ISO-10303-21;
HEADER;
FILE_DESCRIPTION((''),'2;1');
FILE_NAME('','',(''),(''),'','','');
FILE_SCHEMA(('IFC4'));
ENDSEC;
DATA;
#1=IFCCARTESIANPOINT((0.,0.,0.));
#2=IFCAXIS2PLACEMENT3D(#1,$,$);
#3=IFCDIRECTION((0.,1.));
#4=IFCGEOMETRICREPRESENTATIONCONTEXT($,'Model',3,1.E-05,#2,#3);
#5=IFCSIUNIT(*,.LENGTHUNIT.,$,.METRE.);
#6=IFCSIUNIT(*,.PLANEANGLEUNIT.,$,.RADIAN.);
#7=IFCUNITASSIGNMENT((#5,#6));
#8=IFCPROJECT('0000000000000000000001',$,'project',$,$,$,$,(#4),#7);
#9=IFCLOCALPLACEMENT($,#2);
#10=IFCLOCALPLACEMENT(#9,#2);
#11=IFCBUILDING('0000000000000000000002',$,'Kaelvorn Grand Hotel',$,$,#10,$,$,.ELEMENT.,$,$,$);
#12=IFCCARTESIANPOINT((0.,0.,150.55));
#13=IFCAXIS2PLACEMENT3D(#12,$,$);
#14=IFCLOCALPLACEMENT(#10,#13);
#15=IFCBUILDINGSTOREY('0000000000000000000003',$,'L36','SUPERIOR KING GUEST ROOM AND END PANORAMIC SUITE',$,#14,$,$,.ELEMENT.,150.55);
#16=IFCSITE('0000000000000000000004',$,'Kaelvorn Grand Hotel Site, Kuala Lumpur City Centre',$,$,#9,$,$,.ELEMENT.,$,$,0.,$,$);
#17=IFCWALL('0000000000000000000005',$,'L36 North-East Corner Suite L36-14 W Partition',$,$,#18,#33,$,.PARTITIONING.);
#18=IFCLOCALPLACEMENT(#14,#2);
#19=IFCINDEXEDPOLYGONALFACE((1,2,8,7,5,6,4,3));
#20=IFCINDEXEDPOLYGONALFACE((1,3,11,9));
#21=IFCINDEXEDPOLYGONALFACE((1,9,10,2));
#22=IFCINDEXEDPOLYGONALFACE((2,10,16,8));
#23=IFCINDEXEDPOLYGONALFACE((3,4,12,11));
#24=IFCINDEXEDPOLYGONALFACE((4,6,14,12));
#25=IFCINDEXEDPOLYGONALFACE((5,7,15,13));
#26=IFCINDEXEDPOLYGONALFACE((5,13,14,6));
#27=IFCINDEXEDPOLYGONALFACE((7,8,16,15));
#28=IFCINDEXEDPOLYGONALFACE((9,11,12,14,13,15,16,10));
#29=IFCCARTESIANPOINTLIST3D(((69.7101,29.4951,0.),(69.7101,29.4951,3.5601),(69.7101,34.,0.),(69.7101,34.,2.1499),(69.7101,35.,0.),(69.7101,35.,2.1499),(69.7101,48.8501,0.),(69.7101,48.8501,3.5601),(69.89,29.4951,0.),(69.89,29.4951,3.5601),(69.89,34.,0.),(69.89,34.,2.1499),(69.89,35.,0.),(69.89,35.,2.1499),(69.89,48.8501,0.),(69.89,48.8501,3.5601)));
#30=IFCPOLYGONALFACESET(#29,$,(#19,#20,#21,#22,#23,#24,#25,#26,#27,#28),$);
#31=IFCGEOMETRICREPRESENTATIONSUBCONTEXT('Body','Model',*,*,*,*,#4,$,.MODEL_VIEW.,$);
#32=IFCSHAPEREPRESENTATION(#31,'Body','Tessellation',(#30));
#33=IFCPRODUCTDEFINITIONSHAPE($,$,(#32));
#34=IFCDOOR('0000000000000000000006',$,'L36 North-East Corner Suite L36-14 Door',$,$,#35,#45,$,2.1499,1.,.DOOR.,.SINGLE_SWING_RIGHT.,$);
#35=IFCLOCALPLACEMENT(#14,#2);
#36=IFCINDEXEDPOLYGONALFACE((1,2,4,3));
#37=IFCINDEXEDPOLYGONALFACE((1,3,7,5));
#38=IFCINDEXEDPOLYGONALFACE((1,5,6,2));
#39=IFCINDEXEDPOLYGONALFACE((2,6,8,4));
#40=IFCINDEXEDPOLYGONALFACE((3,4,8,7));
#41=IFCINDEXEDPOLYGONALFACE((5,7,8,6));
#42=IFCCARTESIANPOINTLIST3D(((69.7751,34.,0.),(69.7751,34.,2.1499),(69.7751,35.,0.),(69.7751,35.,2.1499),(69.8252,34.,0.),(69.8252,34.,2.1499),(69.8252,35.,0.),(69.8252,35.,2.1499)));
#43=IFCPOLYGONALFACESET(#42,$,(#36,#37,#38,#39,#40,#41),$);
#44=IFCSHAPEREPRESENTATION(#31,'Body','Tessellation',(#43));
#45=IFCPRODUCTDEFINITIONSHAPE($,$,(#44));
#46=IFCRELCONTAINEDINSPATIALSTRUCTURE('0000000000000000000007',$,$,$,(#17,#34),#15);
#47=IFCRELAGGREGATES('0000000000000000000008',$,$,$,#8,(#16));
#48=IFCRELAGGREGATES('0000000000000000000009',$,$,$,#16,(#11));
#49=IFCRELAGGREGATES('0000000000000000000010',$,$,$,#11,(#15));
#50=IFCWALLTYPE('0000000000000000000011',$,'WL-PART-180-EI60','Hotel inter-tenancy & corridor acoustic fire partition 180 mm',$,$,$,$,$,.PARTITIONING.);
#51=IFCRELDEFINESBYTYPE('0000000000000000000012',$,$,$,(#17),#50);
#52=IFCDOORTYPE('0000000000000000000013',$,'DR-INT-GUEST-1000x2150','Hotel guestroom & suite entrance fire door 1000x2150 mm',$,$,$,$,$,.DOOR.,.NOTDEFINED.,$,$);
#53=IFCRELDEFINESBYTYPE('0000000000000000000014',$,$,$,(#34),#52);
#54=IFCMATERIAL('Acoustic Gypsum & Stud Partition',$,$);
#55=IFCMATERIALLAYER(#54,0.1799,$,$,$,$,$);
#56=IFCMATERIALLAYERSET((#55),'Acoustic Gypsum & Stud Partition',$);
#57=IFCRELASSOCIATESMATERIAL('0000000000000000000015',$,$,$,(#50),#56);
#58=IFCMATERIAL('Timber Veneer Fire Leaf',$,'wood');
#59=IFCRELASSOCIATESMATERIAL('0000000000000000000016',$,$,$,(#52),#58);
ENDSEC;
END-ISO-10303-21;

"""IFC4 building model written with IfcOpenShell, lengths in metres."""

from ifc_helpers import new_model, si_unit, direction, frame, frame_2d, origin, place, context, subcontext, project, spatial, rectangle, extrude, material, layer, layer_set, type_object, element, fill, save


model = new_model("IFC4")

# Units and contexts
model_context = context("Model", 3, precision=1e-05, world=origin(), true_north=direction((0.0, 1.0)))
body_context = subcontext(model_context, "Body", "Model", "MODEL_VIEW")
ifc_project = project(units=[si_unit("LENGTHUNIT", "METRE"), si_unit("PLANEANGLEUNIT", "RADIAN")], contexts=[model_context])

# Site, building, storey
site_placement = place(None, origin())
site = spatial("IfcSite", under=ifc_project, at=site_placement, Name="Kaelvorn Grand Hotel Site, Kuala Lumpur City Centre", CompositionType="ELEMENT", RefElevation=0.0)
building_placement = place(site_placement, origin())
building = spatial("IfcBuilding", under=site, at=building_placement, Name="Kaelvorn Grand Hotel", CompositionType="ELEMENT")
storey_placement = place(building_placement, frame((0.0, 0.0, 150.55)))
storey = spatial("IfcBuildingStorey", under=building, at=storey_placement, Name="L36", Description="SUPERIOR KING GUEST ROOM AND END PANORAMIC SUITE", CompositionType="ELEMENT", Elevation=150.55)

# Wall, opening, door
ifc_material_1 = material(Name="Acoustic Gypsum & Stud Partition")
ifc_layer_1 = layer(ifc_material_1, 0.1799)
ifc_layer_set_1 = layer_set([ifc_layer_1], Name="Acoustic Gypsum & Stud Partition")
wall_type = type_object("IfcWallType", Name="WL-PART-180-EI60", Description="Hotel inter-tenancy & corridor acoustic fire partition 180 mm", PredefinedType="PARTITIONING", material=ifc_layer_set_1)
wall_placement = place(storey_placement, frame((69.8, 29.4951, 0.0), z_axis=(0.0, 0.0, 1.0), x_axis=(0.0, 1.0, 0.0)))
wall = element("IfcWall", 1, at=wall_placement, inside=storey, type_object=wall_type, Name="L36 North-East Corner Suite L36-14 W Partition", PredefinedType="PARTITIONING", context=body_context, shape_type="SweptSolid", body=[
    extrude(rectangle(XDim=19.355, YDim=0.1799, at=frame_2d((9.6775, 0.0))), origin(), (0.0, 0.0, 1.0), 3.5601),
])
opening_placement = place(wall_placement, frame((4.5049, 0.0, 0.0)))
opening = element("IfcOpeningElement", 2, at=opening_placement, cuts=wall, PredefinedType="OPENING", context=body_context, shape_type="SweptSolid", body=[
    extrude(rectangle(XDim=1.0, YDim=2.1499, at=frame_2d((0.5, 1.075))), frame((0.0, 0.1001, 0.0), z_axis=(0.0, -1.0, 0.0), x_axis=(1.0, 0.0, 0.0)), (0.0, 0.0, 1.0), 0.2),
])
ifc_material_2 = material(Name="Timber Veneer Fire Leaf", Category="wood")
door_type = type_object("IfcDoorType", Name="DR-INT-GUEST-1000x2150", Description="Hotel guestroom & suite entrance fire door 1000x2150 mm", OperationType="NOTDEFINED", PredefinedType="DOOR", material=ifc_material_2)
door_placement = place(opening_placement, origin())
door = element("IfcDoor", 3, at=door_placement, inside=storey, type_object=door_type, Name="L36 North-East Corner Suite L36-14 Door", OperationType="SINGLE_SWING_RIGHT", OverallHeight=2.1499, OverallWidth=1.0, PredefinedType="DOOR", context=body_context, shape_type="SweptSolid", body=[
    extrude(rectangle(XDim=1.0, YDim=2.1499, at=frame_2d((0.5, 1.075))), frame((0.0, 0.0249, 0.0), z_axis=(0.0, -1.0, 0.0), x_axis=(1.0, 0.0, 0.0)), (0.0, 0.0, 1.0), 0.05),
])
fill(opening, door)

save(model, "model.ifc")
